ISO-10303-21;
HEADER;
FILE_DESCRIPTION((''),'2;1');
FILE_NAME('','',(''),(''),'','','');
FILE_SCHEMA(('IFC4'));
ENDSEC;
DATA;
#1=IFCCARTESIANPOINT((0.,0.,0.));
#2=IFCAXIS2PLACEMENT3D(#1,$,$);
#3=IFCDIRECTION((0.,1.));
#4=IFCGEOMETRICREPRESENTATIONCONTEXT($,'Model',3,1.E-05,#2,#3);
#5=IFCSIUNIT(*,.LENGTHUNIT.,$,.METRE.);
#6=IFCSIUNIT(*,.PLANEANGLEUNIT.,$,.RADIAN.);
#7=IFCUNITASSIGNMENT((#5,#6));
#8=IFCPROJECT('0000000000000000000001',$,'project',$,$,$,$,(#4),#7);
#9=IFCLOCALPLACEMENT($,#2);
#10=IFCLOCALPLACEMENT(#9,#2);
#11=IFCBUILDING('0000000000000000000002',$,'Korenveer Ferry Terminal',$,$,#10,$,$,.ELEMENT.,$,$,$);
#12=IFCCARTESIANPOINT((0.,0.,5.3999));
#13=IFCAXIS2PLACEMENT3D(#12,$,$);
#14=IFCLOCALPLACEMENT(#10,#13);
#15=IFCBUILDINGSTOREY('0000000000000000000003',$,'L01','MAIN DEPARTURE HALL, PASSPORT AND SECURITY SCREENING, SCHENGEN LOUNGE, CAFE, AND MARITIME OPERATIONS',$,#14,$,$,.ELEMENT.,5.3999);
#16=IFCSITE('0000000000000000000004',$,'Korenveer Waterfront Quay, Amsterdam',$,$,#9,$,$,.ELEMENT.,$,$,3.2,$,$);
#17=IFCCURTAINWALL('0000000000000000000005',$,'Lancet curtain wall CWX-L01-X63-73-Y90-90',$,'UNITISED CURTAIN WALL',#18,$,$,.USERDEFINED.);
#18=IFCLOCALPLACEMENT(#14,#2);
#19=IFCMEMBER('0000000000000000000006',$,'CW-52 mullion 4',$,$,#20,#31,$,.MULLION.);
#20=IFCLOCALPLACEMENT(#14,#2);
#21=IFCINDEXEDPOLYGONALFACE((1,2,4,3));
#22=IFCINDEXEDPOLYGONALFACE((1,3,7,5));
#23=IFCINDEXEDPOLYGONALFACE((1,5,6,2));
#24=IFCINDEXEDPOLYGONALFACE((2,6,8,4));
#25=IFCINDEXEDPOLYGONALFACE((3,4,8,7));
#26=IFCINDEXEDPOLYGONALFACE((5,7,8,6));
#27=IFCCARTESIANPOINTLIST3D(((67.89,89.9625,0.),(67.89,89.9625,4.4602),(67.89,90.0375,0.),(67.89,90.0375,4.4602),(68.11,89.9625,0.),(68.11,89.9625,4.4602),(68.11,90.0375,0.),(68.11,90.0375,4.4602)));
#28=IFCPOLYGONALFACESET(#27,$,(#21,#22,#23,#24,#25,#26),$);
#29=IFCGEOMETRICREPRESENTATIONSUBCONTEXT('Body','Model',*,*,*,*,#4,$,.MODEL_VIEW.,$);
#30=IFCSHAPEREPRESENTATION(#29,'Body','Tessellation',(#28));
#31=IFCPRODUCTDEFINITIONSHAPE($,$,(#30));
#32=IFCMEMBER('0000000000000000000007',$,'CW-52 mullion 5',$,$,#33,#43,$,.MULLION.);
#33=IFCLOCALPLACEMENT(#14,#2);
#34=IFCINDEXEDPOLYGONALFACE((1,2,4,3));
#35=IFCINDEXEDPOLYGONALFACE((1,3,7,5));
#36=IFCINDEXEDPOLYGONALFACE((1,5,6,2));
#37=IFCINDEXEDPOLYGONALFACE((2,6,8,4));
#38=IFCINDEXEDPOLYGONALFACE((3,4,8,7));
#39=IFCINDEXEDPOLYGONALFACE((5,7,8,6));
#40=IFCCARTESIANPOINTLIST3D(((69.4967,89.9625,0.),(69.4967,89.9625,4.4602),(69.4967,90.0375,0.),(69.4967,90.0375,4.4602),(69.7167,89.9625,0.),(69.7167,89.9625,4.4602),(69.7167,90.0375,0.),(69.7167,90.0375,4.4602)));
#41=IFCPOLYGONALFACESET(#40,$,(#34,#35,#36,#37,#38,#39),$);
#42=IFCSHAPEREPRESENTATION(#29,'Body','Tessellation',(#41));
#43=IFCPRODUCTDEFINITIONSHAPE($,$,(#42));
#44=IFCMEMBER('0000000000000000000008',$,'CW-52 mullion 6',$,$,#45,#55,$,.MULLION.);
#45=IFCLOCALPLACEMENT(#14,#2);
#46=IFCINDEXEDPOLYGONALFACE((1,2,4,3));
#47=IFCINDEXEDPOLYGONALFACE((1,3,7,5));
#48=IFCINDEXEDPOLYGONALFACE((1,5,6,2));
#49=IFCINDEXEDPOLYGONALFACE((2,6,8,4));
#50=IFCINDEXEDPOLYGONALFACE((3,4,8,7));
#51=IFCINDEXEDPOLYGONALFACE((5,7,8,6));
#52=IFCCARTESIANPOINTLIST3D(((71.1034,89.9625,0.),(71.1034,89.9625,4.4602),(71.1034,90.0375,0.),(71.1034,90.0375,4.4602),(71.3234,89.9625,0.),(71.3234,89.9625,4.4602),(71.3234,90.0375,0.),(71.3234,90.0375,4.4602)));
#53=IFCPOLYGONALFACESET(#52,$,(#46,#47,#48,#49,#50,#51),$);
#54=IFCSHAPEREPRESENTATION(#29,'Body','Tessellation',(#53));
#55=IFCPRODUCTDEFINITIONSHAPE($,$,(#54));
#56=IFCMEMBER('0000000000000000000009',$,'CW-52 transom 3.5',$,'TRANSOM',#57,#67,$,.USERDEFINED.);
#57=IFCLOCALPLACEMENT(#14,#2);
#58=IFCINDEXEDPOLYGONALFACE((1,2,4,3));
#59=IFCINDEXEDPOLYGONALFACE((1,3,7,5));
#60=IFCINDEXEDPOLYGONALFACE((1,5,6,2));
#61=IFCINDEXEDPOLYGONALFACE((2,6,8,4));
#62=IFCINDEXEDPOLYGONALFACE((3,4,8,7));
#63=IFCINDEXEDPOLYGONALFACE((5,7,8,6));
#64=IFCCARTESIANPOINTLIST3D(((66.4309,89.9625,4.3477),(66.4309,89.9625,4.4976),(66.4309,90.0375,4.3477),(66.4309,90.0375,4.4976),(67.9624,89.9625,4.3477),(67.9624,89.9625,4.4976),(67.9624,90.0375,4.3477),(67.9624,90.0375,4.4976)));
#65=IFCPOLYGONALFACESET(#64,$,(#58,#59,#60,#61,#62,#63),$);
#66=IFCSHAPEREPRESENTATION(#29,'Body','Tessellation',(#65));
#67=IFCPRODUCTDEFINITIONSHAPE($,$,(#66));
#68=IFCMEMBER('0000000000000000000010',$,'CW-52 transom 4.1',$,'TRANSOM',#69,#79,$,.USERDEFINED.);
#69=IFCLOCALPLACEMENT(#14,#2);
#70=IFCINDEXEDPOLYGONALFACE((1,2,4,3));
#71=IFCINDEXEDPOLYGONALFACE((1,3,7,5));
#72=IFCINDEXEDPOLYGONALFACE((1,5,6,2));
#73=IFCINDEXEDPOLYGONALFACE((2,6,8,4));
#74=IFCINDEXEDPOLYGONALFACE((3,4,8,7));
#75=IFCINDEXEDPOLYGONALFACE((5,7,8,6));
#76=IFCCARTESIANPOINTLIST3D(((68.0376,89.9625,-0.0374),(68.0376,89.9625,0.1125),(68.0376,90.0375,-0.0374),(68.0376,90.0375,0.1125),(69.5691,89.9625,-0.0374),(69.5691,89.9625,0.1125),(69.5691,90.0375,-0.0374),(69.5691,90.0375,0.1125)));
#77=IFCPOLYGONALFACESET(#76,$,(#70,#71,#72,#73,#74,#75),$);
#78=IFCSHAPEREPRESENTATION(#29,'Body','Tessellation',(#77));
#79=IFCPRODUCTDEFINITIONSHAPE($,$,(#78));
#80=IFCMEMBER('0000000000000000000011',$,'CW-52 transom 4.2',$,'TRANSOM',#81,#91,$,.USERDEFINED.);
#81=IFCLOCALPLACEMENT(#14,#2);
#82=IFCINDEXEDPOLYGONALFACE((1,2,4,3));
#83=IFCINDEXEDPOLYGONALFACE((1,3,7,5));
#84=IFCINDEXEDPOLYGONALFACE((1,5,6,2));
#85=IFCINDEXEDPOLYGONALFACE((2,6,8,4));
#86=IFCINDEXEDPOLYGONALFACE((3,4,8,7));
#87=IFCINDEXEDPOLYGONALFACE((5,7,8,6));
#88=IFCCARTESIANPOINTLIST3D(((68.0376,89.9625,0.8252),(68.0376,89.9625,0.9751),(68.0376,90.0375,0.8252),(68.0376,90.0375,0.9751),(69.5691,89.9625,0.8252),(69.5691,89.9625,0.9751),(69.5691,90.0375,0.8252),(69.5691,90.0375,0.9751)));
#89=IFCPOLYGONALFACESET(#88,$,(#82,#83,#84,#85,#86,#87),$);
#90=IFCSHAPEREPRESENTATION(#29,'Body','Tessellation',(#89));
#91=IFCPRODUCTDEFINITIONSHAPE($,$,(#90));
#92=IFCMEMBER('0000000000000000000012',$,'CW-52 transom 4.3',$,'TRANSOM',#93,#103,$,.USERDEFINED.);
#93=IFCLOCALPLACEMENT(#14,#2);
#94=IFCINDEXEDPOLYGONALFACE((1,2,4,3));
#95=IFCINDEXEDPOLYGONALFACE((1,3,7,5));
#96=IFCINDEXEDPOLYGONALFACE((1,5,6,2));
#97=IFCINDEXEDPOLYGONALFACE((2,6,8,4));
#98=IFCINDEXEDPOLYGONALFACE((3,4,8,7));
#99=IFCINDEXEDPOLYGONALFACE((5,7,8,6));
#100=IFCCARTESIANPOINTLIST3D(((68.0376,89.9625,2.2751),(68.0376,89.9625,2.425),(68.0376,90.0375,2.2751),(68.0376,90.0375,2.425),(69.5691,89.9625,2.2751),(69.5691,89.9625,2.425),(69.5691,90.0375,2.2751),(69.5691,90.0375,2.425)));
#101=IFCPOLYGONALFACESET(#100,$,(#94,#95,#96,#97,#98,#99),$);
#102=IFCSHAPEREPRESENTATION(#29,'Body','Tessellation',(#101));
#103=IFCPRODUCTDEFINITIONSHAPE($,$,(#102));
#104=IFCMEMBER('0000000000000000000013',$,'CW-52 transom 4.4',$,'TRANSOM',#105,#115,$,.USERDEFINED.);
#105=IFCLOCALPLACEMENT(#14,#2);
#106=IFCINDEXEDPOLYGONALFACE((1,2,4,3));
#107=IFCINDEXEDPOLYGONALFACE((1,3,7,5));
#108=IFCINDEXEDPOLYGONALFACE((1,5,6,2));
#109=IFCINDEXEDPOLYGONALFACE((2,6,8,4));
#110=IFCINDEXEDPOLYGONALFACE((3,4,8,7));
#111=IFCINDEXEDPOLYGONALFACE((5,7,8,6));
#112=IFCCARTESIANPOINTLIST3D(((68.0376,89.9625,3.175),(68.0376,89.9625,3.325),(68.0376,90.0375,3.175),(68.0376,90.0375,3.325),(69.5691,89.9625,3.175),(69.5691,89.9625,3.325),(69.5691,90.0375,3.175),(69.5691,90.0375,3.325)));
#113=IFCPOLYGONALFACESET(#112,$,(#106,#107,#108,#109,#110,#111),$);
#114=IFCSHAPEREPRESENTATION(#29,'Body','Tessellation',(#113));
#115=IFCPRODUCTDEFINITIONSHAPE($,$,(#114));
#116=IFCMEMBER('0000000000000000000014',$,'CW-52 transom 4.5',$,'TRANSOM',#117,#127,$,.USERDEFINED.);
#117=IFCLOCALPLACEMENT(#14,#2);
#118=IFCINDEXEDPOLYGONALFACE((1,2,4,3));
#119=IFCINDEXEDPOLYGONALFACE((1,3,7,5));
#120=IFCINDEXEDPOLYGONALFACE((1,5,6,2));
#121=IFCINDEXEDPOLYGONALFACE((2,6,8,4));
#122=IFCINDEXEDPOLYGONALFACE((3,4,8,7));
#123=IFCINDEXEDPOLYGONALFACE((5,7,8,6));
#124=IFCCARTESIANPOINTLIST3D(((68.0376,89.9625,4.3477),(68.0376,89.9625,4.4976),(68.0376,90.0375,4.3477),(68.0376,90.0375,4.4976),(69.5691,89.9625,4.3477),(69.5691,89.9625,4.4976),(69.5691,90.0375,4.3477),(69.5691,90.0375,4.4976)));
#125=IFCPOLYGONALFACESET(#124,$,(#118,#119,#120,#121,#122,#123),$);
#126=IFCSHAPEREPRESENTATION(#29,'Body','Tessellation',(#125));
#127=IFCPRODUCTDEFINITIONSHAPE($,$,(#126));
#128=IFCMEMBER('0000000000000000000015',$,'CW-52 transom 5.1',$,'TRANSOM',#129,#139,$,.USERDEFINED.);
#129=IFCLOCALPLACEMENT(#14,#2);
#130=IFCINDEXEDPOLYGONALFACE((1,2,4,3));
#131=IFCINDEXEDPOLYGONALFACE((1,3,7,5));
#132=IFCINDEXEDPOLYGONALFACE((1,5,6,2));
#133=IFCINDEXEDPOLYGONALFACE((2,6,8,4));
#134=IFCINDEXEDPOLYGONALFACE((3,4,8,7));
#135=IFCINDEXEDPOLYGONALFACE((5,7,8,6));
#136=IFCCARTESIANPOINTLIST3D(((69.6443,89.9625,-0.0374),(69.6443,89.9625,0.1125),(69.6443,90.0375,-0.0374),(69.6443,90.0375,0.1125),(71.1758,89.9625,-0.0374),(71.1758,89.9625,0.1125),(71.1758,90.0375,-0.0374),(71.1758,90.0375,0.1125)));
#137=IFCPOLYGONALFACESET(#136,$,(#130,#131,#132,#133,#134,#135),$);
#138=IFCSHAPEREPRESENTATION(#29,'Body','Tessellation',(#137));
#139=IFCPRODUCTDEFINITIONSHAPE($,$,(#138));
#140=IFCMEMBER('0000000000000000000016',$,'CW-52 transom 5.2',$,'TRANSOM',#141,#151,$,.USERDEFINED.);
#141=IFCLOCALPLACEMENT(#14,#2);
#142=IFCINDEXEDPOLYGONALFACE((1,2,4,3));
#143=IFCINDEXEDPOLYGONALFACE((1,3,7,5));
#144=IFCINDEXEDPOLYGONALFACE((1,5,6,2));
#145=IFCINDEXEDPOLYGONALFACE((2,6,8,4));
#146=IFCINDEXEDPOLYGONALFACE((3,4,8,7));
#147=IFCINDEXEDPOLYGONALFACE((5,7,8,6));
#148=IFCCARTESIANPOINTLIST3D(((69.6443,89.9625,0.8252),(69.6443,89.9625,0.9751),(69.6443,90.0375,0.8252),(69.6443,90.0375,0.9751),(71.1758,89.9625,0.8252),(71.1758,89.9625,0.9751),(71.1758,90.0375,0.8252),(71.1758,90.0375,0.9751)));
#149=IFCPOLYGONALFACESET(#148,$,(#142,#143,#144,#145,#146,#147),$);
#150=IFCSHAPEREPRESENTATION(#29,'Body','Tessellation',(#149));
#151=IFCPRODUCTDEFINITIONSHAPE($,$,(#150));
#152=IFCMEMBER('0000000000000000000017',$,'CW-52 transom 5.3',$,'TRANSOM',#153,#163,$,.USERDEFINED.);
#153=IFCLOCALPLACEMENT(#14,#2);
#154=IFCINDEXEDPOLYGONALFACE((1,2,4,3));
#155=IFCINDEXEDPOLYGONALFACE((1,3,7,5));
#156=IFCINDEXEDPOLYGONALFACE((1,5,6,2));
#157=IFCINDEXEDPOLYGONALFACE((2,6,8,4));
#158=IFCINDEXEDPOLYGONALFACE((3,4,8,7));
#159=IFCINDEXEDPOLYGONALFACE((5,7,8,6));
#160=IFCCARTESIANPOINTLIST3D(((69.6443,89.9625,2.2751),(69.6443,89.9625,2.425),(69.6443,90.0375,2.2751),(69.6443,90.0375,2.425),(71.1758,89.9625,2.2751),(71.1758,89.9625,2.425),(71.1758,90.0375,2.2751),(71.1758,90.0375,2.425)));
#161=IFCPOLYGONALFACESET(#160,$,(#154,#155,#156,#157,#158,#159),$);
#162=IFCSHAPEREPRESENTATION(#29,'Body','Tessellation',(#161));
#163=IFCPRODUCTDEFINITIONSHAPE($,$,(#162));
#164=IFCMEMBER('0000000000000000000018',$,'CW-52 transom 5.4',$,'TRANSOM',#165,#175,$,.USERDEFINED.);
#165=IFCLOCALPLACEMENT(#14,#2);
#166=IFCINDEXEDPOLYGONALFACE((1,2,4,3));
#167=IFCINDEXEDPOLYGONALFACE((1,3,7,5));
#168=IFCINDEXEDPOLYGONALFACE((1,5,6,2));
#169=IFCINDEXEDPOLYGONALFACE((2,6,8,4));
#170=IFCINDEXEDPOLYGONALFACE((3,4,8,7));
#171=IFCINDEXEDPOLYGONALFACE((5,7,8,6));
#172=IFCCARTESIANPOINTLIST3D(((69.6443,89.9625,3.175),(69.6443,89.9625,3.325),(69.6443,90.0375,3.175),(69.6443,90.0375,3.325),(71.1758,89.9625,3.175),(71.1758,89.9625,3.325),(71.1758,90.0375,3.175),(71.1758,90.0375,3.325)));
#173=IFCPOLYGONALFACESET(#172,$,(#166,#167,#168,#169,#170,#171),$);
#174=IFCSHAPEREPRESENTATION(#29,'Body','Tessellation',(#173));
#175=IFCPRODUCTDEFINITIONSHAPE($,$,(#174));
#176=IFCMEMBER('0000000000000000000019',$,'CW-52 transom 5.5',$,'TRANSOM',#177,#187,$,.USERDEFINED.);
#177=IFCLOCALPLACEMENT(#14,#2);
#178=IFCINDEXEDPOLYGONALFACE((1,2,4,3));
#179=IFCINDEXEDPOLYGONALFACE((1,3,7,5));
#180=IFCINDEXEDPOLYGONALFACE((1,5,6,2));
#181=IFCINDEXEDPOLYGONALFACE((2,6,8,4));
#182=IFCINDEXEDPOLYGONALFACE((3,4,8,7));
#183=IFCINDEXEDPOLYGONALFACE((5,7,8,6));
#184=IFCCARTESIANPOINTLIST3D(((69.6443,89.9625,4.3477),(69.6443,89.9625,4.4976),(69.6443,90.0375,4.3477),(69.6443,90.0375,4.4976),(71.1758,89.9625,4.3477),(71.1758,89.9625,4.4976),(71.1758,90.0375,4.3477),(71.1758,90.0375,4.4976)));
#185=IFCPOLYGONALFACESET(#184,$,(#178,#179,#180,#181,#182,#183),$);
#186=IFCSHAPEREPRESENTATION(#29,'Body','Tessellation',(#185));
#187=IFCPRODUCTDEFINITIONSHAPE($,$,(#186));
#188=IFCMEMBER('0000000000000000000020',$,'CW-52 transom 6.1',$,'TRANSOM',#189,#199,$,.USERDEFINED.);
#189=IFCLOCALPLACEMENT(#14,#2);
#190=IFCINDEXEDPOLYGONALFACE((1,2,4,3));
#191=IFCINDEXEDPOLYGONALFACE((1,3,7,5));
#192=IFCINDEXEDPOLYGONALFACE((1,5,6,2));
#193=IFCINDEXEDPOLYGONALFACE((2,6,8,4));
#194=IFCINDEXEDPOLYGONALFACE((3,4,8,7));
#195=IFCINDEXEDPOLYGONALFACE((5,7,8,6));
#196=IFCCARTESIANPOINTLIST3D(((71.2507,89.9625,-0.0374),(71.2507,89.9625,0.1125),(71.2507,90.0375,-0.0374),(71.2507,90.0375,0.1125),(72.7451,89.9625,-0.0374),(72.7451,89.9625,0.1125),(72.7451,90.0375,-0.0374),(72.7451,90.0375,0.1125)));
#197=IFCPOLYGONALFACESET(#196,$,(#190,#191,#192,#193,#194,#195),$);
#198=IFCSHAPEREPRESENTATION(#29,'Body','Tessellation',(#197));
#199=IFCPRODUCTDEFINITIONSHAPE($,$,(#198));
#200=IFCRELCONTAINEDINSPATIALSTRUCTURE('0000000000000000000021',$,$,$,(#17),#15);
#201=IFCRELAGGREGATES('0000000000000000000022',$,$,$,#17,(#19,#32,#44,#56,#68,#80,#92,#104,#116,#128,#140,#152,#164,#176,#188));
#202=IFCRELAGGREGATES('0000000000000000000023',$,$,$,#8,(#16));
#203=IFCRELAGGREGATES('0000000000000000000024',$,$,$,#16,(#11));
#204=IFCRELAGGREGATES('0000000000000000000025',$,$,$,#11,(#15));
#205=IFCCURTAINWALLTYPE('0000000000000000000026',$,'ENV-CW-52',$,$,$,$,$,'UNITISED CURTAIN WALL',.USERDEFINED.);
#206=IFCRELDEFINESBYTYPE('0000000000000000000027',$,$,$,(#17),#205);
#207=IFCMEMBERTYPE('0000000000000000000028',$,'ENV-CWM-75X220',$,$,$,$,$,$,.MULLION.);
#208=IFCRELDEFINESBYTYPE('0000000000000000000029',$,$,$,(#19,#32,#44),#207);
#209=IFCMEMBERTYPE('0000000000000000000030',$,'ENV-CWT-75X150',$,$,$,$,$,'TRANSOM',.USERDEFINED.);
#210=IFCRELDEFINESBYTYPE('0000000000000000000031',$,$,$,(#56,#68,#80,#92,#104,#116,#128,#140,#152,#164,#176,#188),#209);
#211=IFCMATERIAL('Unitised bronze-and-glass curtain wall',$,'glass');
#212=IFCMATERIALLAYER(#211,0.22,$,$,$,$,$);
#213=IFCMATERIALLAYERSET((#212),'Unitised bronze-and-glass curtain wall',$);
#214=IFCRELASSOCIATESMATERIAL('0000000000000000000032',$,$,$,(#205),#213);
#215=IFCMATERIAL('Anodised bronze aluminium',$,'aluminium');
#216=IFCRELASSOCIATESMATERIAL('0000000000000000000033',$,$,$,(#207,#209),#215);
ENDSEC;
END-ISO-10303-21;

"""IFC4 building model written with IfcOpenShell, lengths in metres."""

from ifc_helpers import new_model, si_unit, direction, frame, origin, origin_2d, place, context, subcontext, project, spatial, rectangle, extrude, material, layer, layer_set, material_profile, profile_set, type_object, element, aggregate, save


model = new_model("IFC4")

# Units and contexts
model_context = context("Model", 3, precision=1e-05, world=origin(), true_north=direction((0.0, 1.0)))
body_context = subcontext(model_context, "Body", "Model", "MODEL_VIEW")
ifc_project = project(units=[si_unit("LENGTHUNIT", "METRE"), si_unit("PLANEANGLEUNIT", "RADIAN")], contexts=[model_context])

# Site, building, storey
site_placement = place(None, origin())
site = spatial("IfcSite", under=ifc_project, at=site_placement, Name="Korenveer Waterfront Quay, Amsterdam", CompositionType="ELEMENT", RefElevation=3.2)
building_placement = place(site_placement, origin())
building = spatial("IfcBuilding", under=site, at=building_placement, Name="Korenveer Ferry Terminal", CompositionType="ELEMENT")
storey_placement = place(building_placement, frame((0.0, 0.0, 5.3999)))
storey = spatial("IfcBuildingStorey", under=building, at=storey_placement, Name="L01", Description="MAIN DEPARTURE HALL, PASSPORT AND SECURITY SCREENING, SCHENGEN LOUNGE, CAFE, AND MARITIME OPERATIONS", CompositionType="ELEMENT", Elevation=5.3999)

# Curtain wall, members
ifc_material_1 = material(Name="Unitised bronze-and-glass curtain wall", Category="glass")
ifc_layer_1 = layer(ifc_material_1, 0.22)
ifc_layer_set_1 = layer_set([ifc_layer_1], Name="Unitised bronze-and-glass curtain wall")
curtain_wall_type = type_object("IfcCurtainWallType", Name="ENV-CW-52", ElementType="UNITISED CURTAIN WALL", PredefinedType="USERDEFINED", material=ifc_layer_set_1)
curtain_wall_placement = place(storey_placement, frame((63.1799, 90.0, 0.0)))
curtain_wall = element("IfcCurtainWall", 1, at=curtain_wall_placement, inside=storey, type_object=curtain_wall_type, Name="Lancet curtain wall CWX-L01-X63-73-Y90-90", ObjectType="UNITISED CURTAIN WALL", PredefinedType="USERDEFINED")
ifc_material_2 = material(Name="Anodised bronze aluminium", Category="aluminium")
ifc_material_profile_1 = material_profile(ifc_material_2, rectangle(XDim=0.075, YDim=0.22, at=origin_2d()), Name="ALU 75x220")
ifc_profile_set_1 = profile_set([ifc_material_profile_1], Name="Anodised bronze aluminium")
member_type_1 = type_object("IfcMemberType", Name="ENV-CWM-75X220", PredefinedType="MULLION", material=ifc_profile_set_1)
member_1_placement = place(storey_placement, frame((68.0, 90.0, 0.0), z_axis=(0.0, 0.0, 1.0), x_axis=(0.0, 1.0, 0.0)))
member_1 = element("IfcMember", 2, at=member_1_placement, type_object=member_type_1, Name="CW-52 mullion 4", PredefinedType="MULLION", context=body_context, shape_type="SweptSolid", body=[
    extrude(rectangle(XDim=0.075, YDim=0.22, at=origin_2d()), origin(), (0.0, 0.0, 1.0), 4.4602),
])
member_2_placement = place(storey_placement, frame((69.6067, 90.0, 0.0), z_axis=(0.0, 0.0, 1.0), x_axis=(0.0, 1.0, 0.0)))
member_2 = element("IfcMember", 3, at=member_2_placement, type_object=member_type_1, Name="CW-52 mullion 5", PredefinedType="MULLION", context=body_context, shape_type="SweptSolid", body=[
    extrude(rectangle(XDim=0.075, YDim=0.22, at=origin_2d()), origin(), (0.0, 0.0, 1.0), 4.4602),
])
member_3_placement = place(storey_placement, frame((71.2134, 90.0, 0.0), z_axis=(0.0, 0.0, 1.0), x_axis=(0.0, 1.0, 0.0)))
member_3 = element("IfcMember", 4, at=member_3_placement, type_object=member_type_1, Name="CW-52 mullion 6", PredefinedType="MULLION", context=body_context, shape_type="SweptSolid", body=[
    extrude(rectangle(XDim=0.075, YDim=0.22, at=origin_2d()), origin(), (0.0, 0.0, 1.0), 4.4602),
])
ifc_material_profile_2 = material_profile(ifc_material_2, rectangle(XDim=0.075, YDim=0.1499, at=origin_2d()), Name="ALU 75x150")
ifc_profile_set_2 = profile_set([ifc_material_profile_2], Name="Anodised bronze aluminium")
member_type_2 = type_object("IfcMemberType", Name="ENV-CWT-75X150", ElementType="TRANSOM", PredefinedType="USERDEFINED", material=ifc_profile_set_2)
member_4_placement = place(storey_placement, frame((66.4309, 90.0, 4.4226), z_axis=(1.0, 0.0, 0.0), x_axis=(0.0, 1.0, 0.0)))
member_4 = element("IfcMember", 5, at=member_4_placement, type_object=member_type_2, Name="CW-52 transom 3.5", ObjectType="TRANSOM", PredefinedType="USERDEFINED", context=body_context, shape_type="SweptSolid", body=[
    extrude(rectangle(XDim=0.075, YDim=0.1499, at=origin_2d()), origin(), (0.0, 0.0, 1.0), 1.5315),
])
member_5_placement = place(storey_placement, frame((68.0376, 90.0, 0.0376), z_axis=(1.0, 0.0, 0.0), x_axis=(0.0, 1.0, 0.0)))
member_5 = element("IfcMember", 6, at=member_5_placement, type_object=member_type_2, Name="CW-52 transom 4.1", ObjectType="TRANSOM", PredefinedType="USERDEFINED", context=body_context, shape_type="SweptSolid", body=[
    extrude(rectangle(XDim=0.075, YDim=0.1499, at=origin_2d()), origin(), (0.0, 0.0, 1.0), 1.5315),
])
member_6_placement = place(storey_placement, frame((68.0376, 90.0, 0.9001), z_axis=(1.0, 0.0, 0.0), x_axis=(0.0, 1.0, 0.0)))
member_6 = element("IfcMember", 7, at=member_6_placement, type_object=member_type_2, Name="CW-52 transom 4.2", ObjectType="TRANSOM", PredefinedType="USERDEFINED", context=body_context, shape_type="SweptSolid", body=[
    extrude(rectangle(XDim=0.075, YDim=0.1499, at=origin_2d()), origin(), (0.0, 0.0, 1.0), 1.5315),
])
member_7_placement = place(storey_placement, frame((68.0376, 90.0, 2.3501), z_axis=(1.0, 0.0, 0.0), x_axis=(0.0, 1.0, 0.0)))
member_7 = element("IfcMember", 8, at=member_7_placement, type_object=member_type_2, Name="CW-52 transom 4.3", ObjectType="TRANSOM", PredefinedType="USERDEFINED", context=body_context, shape_type="SweptSolid", body=[
    extrude(rectangle(XDim=0.075, YDim=0.1499, at=origin_2d()), origin(), (0.0, 0.0, 1.0), 1.5315),
])
member_8_placement = place(storey_placement, frame((68.0376, 90.0, 3.25), z_axis=(1.0, 0.0, 0.0), x_axis=(0.0, 1.0, 0.0)))
member_8 = element("IfcMember", 9, at=member_8_placement, type_object=member_type_2, Name="CW-52 transom 4.4", ObjectType="TRANSOM", PredefinedType="USERDEFINED", context=body_context, shape_type="SweptSolid", body=[
    extrude(rectangle(XDim=0.075, YDim=0.1499, at=origin_2d()), origin(), (0.0, 0.0, 1.0), 1.5315),
])
member_9_placement = place(storey_placement, frame((68.0376, 90.0, 4.4226), z_axis=(1.0, 0.0, 0.0), x_axis=(0.0, 1.0, 0.0)))
member_9 = element("IfcMember", 10, at=member_9_placement, type_object=member_type_2, Name="CW-52 transom 4.5", ObjectType="TRANSOM", PredefinedType="USERDEFINED", context=body_context, shape_type="SweptSolid", body=[
    extrude(rectangle(XDim=0.075, YDim=0.1499, at=origin_2d()), origin(), (0.0, 0.0, 1.0), 1.5315),
])
member_10_placement = place(storey_placement, frame((69.6443, 90.0, 0.0376), z_axis=(1.0, 0.0, 0.0), x_axis=(0.0, 1.0, 0.0)))
member_10 = element("IfcMember", 11, at=member_10_placement, type_object=member_type_2, Name="CW-52 transom 5.1", ObjectType="TRANSOM", PredefinedType="USERDEFINED", context=body_context, shape_type="SweptSolid", body=[
    extrude(rectangle(XDim=0.075, YDim=0.1499, at=origin_2d()), origin(), (0.0, 0.0, 1.0), 1.5315),
])
member_11_placement = place(storey_placement, frame((69.6443, 90.0, 0.9001), z_axis=(1.0, 0.0, 0.0), x_axis=(0.0, 1.0, 0.0)))
member_11 = element("IfcMember", 12, at=member_11_placement, type_object=member_type_2, Name="CW-52 transom 5.2", ObjectType="TRANSOM", PredefinedType="USERDEFINED", context=body_context, shape_type="SweptSolid", body=[
    extrude(rectangle(XDim=0.075, YDim=0.1499, at=origin_2d()), origin(), (0.0, 0.0, 1.0), 1.5315),
])
member_12_placement = place(storey_placement, frame((69.6443, 90.0, 2.3501), z_axis=(1.0, 0.0, 0.0), x_axis=(0.0, 1.0, 0.0)))
member_12 = element("IfcMember", 13, at=member_12_placement, type_object=member_type_2, Name="CW-52 transom 5.3", ObjectType="TRANSOM", PredefinedType="USERDEFINED", context=body_context, shape_type="SweptSolid", body=[
    extrude(rectangle(XDim=0.075, YDim=0.1499, at=origin_2d()), origin(), (0.0, 0.0, 1.0), 1.5315),
])
member_13_placement = place(storey_placement, frame((69.6443, 90.0, 3.25), z_axis=(1.0, 0.0, 0.0), x_axis=(0.0, 1.0, 0.0)))
member_13 = element("IfcMember", 14, at=member_13_placement, type_object=member_type_2, Name="CW-52 transom 5.4", ObjectType="TRANSOM", PredefinedType="USERDEFINED", context=body_context, shape_type="SweptSolid", body=[
    extrude(rectangle(XDim=0.075, YDim=0.1499, at=origin_2d()), origin(), (0.0, 0.0, 1.0), 1.5315),
])
member_14_placement = place(storey_placement, frame((69.6443, 90.0, 4.4226), z_axis=(1.0, 0.0, 0.0), x_axis=(0.0, 1.0, 0.0)))
member_14 = element("IfcMember", 15, at=member_14_placement, type_object=member_type_2, Name="CW-52 transom 5.5", ObjectType="TRANSOM", PredefinedType="USERDEFINED", context=body_context, shape_type="SweptSolid", body=[
    extrude(rectangle(XDim=0.075, YDim=0.1499, at=origin_2d()), origin(), (0.0, 0.0, 1.0), 1.5315),
])
member_15_placement = place(storey_placement, frame((71.2507, 90.0, 0.0376), z_axis=(1.0, 0.0, 0.0), x_axis=(0.0, 1.0, 0.0)))
member_15 = element("IfcMember", 16, at=member_15_placement, type_object=member_type_2, Name="CW-52 transom 6.1", ObjectType="TRANSOM", PredefinedType="USERDEFINED", context=body_context, shape_type="SweptSolid", body=[
    extrude(rectangle(XDim=0.075, YDim=0.1499, at=origin_2d()), origin(), (0.0, 0.0, 1.0), 1.4944),
])
aggregate(curtain_wall, [member_1, member_2, member_3, member_4, member_5, member_6, member_7, member_8, member_9, member_10, member_11, member_12, member_13, member_14, member_15])

save(model, "model.ifc")
